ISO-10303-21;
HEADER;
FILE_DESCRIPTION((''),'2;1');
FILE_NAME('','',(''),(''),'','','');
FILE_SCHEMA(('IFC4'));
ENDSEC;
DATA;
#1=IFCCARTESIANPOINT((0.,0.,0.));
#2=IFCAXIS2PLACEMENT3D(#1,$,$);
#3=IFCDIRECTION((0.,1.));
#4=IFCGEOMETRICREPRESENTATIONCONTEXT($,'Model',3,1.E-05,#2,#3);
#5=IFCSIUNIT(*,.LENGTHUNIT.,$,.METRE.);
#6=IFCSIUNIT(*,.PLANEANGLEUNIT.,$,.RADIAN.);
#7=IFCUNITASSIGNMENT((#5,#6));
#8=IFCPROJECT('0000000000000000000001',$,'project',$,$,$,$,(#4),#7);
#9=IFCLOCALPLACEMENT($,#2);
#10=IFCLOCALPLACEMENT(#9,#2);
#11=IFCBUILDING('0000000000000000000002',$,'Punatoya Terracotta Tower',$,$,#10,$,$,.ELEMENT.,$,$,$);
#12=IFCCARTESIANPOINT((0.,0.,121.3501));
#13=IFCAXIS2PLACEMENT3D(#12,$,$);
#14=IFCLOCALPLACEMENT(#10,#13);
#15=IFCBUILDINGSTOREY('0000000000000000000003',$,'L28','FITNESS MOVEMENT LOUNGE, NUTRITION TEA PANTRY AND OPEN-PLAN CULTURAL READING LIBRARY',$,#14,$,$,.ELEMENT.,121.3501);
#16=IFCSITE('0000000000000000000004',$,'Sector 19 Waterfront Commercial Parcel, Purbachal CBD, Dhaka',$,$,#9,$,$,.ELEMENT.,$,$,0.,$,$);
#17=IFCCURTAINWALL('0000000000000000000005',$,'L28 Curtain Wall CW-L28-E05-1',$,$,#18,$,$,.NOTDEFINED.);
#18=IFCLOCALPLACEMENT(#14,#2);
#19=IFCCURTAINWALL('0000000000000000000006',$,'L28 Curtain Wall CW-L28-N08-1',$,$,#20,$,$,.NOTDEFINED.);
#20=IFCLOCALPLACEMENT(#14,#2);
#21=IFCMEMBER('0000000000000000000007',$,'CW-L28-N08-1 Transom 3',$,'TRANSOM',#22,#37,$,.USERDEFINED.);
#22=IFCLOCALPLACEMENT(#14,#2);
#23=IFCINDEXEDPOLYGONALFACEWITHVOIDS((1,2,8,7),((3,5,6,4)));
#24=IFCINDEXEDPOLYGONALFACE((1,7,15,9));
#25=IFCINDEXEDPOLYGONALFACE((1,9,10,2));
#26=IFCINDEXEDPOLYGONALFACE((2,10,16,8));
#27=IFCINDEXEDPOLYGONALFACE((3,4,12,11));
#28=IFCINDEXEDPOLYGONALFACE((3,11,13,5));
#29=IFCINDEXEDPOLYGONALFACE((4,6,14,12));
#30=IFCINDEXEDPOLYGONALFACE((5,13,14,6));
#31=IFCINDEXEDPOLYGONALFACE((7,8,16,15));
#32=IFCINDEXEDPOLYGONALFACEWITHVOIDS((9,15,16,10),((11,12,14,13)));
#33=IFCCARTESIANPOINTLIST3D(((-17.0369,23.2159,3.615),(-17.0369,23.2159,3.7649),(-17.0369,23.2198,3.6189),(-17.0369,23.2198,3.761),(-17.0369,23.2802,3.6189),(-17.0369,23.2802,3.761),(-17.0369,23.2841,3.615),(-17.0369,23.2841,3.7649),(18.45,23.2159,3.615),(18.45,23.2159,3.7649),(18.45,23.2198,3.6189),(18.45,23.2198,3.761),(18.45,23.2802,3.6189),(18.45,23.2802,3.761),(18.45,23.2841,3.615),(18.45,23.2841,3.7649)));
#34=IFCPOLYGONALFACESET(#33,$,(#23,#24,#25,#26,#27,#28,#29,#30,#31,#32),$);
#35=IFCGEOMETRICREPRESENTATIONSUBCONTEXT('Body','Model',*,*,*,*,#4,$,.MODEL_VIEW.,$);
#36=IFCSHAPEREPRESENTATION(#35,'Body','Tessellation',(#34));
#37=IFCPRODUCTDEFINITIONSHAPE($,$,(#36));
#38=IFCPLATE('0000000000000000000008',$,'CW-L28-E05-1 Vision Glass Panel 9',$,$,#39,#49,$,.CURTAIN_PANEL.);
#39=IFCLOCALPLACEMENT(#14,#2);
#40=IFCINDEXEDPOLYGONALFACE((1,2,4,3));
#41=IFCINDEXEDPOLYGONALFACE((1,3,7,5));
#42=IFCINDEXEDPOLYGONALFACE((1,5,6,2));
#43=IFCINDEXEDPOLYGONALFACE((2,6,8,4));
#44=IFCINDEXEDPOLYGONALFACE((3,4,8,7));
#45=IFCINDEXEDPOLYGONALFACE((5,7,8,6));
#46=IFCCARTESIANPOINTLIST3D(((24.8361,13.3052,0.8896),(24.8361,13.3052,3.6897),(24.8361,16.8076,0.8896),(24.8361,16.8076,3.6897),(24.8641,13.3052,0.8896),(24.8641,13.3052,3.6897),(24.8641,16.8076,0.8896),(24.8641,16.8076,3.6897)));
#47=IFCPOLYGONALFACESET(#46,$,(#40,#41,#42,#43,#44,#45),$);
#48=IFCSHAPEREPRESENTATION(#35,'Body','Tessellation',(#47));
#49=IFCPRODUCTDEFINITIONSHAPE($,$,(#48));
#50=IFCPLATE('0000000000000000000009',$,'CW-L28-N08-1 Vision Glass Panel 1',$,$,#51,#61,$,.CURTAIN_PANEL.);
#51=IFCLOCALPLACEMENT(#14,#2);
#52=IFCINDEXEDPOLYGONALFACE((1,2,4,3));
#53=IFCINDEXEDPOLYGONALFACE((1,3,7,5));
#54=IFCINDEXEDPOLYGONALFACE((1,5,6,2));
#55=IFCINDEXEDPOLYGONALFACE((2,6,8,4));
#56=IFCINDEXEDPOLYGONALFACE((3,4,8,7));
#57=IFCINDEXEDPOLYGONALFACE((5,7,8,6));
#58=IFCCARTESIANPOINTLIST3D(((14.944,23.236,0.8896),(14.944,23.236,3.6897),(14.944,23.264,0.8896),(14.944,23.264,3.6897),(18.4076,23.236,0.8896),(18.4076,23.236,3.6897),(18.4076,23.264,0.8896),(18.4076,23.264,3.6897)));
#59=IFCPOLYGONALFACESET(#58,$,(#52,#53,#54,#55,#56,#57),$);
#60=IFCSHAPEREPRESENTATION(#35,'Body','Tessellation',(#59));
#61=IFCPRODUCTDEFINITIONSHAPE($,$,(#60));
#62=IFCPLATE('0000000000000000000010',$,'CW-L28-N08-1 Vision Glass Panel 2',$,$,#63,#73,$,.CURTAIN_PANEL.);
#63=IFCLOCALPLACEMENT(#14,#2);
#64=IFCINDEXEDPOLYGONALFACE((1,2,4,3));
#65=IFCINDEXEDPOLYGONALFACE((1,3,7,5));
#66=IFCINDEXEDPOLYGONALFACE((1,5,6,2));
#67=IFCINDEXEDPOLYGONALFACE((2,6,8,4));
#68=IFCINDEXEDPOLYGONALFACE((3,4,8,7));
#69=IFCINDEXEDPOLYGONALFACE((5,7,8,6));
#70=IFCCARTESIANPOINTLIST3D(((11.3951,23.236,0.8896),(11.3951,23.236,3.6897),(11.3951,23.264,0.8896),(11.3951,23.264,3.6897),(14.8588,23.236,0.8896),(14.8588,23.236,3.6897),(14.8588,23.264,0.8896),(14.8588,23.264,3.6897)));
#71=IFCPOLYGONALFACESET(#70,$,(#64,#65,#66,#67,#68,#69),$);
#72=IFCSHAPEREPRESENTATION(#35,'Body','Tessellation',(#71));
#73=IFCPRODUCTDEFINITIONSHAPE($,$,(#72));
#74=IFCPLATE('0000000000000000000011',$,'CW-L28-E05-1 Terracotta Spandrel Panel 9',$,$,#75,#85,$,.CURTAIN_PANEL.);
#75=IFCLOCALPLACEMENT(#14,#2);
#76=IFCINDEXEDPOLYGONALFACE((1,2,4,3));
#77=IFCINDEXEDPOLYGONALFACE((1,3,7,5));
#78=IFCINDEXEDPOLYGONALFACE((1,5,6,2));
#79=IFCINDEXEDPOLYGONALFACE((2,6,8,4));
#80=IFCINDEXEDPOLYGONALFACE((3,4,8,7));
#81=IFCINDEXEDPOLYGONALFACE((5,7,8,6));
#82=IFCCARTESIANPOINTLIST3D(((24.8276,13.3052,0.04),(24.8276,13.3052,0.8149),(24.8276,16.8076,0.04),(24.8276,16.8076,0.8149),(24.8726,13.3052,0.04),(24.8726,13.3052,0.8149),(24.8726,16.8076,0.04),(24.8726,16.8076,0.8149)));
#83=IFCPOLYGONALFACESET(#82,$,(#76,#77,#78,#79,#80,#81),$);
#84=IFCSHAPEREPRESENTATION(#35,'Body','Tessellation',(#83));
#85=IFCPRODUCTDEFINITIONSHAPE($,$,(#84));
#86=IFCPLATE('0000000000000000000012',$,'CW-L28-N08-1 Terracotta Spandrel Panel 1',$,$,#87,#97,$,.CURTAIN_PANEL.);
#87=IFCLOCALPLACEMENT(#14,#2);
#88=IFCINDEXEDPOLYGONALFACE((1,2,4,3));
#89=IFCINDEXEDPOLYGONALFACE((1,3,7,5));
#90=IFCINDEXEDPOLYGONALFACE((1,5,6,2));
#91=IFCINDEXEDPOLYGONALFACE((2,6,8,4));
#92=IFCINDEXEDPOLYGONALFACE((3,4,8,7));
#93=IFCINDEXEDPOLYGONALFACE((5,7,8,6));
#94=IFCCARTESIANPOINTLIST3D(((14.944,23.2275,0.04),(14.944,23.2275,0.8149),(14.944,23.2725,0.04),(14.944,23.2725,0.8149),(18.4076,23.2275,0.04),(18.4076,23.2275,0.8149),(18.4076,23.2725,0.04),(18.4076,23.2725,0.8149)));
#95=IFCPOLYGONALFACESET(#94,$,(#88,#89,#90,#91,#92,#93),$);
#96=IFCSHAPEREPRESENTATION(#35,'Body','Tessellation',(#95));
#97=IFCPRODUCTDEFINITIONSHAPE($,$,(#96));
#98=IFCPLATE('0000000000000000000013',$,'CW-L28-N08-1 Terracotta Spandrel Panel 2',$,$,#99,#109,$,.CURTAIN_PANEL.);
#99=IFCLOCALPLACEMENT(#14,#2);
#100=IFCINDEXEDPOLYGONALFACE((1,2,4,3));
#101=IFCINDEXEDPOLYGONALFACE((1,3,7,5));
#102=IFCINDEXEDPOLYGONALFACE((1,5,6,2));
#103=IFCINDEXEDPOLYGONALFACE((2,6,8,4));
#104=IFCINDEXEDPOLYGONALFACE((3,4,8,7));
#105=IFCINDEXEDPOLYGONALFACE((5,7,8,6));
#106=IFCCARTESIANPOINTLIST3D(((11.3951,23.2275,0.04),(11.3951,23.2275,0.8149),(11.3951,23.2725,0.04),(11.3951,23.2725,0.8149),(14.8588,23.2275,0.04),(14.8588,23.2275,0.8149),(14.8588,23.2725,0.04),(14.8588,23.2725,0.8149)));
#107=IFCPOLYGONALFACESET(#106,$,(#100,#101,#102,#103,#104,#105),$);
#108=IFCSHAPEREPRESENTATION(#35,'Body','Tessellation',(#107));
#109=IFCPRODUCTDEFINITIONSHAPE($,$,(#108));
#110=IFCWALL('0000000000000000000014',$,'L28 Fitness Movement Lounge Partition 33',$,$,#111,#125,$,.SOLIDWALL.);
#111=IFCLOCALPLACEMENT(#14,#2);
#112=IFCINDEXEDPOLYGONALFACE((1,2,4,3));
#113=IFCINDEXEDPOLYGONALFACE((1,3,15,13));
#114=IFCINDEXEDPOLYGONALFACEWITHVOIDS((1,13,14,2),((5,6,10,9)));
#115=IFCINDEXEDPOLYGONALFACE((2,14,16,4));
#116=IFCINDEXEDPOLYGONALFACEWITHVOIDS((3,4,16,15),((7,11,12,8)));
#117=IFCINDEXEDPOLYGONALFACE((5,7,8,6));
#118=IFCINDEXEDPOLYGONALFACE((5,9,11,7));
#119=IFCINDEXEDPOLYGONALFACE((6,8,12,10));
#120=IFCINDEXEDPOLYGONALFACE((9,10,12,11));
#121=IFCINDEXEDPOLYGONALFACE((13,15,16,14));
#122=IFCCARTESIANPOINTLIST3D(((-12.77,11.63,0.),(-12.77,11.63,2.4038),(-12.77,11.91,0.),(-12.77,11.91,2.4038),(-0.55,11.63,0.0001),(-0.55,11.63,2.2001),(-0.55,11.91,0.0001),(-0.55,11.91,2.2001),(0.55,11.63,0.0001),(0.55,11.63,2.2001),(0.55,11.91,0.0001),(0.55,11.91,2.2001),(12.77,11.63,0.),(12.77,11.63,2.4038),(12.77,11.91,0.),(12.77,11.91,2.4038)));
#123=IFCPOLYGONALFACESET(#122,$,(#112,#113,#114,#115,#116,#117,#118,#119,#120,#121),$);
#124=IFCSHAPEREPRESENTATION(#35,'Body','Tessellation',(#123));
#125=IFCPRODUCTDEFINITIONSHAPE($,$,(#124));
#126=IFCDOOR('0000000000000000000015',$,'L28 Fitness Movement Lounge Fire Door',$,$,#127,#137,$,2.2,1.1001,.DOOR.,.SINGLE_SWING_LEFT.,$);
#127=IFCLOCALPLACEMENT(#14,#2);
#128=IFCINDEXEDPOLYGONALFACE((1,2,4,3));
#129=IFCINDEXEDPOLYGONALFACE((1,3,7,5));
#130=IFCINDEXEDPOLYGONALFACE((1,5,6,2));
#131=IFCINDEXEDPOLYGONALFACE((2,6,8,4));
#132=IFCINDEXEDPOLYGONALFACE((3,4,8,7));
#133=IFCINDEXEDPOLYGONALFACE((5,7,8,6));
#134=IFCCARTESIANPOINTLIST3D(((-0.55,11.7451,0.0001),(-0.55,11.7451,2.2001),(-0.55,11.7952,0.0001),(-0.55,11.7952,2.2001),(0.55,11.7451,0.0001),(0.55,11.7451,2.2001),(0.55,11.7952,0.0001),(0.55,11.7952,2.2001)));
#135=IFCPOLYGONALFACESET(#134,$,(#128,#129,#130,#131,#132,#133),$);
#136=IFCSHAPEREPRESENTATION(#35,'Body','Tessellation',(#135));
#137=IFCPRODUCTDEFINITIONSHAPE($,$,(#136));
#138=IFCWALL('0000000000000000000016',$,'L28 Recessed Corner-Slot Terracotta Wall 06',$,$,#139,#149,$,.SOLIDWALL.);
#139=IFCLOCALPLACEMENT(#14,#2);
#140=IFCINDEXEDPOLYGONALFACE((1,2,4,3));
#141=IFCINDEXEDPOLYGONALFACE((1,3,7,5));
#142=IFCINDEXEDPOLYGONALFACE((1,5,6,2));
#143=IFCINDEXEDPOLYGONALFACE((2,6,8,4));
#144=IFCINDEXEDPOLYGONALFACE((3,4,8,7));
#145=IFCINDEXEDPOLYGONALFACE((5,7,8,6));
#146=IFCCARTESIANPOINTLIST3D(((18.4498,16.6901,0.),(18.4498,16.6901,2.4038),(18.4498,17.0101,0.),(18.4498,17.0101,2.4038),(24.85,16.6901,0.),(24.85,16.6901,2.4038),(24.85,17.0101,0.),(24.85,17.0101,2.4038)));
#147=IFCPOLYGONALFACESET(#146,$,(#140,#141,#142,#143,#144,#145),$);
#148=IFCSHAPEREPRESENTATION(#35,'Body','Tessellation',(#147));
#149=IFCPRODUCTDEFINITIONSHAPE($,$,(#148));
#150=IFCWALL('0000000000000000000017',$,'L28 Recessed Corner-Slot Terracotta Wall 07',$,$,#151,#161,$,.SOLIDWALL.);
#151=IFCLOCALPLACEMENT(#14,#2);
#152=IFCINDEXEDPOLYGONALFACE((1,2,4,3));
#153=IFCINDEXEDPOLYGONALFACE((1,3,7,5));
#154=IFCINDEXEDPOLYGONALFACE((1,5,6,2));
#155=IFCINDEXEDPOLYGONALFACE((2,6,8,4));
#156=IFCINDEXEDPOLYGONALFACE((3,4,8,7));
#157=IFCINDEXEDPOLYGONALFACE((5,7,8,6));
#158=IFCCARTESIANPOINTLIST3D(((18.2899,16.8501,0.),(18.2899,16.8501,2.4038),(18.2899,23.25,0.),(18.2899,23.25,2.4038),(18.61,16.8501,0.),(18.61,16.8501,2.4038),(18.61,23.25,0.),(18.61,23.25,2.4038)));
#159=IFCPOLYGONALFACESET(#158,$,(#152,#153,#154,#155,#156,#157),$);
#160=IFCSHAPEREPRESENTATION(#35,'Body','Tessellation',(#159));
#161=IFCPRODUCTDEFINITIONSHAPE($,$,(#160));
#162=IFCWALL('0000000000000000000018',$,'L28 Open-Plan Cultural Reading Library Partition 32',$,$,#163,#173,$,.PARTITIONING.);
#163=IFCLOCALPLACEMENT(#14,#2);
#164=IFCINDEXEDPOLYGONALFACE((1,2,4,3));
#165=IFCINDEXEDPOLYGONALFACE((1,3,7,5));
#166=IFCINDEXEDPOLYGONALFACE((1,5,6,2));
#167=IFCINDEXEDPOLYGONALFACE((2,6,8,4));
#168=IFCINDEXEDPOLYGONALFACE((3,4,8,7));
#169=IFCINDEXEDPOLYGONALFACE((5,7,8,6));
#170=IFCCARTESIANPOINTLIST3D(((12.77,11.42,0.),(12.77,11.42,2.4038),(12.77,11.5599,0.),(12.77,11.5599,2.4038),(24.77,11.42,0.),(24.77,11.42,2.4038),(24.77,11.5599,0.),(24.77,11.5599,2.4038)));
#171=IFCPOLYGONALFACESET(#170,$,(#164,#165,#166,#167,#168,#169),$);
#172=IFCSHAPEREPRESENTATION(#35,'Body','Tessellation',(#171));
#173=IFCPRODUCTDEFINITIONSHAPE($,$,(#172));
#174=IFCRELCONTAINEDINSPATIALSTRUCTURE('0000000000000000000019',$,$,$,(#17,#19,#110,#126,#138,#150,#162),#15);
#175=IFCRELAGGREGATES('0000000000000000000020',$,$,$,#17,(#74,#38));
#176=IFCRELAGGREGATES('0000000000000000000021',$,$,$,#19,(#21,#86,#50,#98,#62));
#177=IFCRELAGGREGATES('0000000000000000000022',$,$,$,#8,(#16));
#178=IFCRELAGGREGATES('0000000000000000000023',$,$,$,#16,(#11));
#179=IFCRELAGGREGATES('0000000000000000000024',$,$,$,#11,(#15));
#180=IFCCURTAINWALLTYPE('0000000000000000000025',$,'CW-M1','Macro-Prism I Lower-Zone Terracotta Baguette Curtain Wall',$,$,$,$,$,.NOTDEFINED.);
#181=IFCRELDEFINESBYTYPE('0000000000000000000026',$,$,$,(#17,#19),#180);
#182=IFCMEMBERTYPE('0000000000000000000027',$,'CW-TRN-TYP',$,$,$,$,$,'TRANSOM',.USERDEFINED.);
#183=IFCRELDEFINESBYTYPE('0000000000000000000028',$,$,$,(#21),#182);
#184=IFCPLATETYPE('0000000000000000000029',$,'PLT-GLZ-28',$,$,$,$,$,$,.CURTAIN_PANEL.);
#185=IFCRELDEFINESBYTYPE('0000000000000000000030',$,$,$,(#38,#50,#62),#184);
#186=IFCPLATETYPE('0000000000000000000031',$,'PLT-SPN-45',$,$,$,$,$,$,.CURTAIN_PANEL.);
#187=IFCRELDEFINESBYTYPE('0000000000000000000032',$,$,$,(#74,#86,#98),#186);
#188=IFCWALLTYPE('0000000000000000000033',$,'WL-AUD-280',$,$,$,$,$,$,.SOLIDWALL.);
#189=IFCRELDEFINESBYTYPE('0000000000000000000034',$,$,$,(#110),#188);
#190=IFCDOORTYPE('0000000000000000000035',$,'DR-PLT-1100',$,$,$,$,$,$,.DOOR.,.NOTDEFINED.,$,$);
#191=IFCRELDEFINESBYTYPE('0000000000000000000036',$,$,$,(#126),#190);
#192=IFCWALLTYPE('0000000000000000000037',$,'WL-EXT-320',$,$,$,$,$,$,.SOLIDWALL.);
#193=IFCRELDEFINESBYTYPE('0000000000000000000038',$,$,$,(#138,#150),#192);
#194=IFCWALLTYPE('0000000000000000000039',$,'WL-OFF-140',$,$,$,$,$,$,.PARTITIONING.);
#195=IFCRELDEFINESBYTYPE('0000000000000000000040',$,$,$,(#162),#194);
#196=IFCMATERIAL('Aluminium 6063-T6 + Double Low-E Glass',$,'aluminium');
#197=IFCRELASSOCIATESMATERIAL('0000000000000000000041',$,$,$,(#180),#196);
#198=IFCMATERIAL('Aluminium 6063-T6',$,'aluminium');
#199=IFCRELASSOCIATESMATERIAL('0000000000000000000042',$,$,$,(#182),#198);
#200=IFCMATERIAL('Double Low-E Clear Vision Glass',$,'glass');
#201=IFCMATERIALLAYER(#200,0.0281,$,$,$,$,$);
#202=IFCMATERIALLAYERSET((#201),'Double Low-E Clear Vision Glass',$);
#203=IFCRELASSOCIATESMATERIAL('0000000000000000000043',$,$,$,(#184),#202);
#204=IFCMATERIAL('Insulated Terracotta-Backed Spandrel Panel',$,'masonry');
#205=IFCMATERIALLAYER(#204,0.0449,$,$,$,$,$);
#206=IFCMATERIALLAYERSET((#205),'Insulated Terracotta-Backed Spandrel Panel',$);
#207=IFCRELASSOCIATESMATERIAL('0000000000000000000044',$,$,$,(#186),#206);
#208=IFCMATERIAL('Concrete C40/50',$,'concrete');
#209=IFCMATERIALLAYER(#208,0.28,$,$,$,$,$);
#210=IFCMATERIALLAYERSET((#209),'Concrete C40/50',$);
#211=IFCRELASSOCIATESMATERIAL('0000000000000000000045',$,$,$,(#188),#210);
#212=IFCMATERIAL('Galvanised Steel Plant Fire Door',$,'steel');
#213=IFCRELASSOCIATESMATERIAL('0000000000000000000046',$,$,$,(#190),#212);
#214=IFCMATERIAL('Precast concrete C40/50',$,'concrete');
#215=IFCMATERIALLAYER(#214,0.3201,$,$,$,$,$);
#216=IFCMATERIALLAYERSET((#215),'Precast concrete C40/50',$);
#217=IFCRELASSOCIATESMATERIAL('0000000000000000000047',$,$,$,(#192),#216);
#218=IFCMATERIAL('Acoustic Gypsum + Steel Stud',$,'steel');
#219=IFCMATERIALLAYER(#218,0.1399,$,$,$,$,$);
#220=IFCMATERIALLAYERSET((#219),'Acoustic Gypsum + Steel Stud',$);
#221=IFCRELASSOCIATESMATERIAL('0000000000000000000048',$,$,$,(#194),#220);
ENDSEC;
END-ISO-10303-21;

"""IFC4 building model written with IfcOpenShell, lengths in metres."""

from ifc_helpers import new_model, si_unit, direction, frame, frame_2d, origin, origin_2d, place, context, subcontext, project, spatial, rectangle, hollow_rectangle, extrude, material, layer, layer_set, material_profile, profile_set, type_object, element, fill, aggregate, save


model = new_model("IFC4")

# Units and contexts
model_context = context("Model", 3, precision=1e-05, world=origin(), true_north=direction((0.0, 1.0)))
body_context = subcontext(model_context, "Body", "Model", "MODEL_VIEW")
ifc_project = project(units=[si_unit("LENGTHUNIT", "METRE"), si_unit("PLANEANGLEUNIT", "RADIAN")], contexts=[model_context])

# Site, building, storey
site_placement = place(None, origin())
site = spatial("IfcSite", under=ifc_project, at=site_placement, Name="Sector 19 Waterfront Commercial Parcel, Purbachal CBD, Dhaka", CompositionType="ELEMENT", RefElevation=0.0)
building_placement = place(site_placement, origin())
building = spatial("IfcBuilding", under=site, at=building_placement, Name="Punatoya Terracotta Tower", CompositionType="ELEMENT")
storey_placement = place(building_placement, frame((0.0, 0.0, 121.3501)))
storey = spatial("IfcBuildingStorey", under=building, at=storey_placement, Name="L28", Description="FITNESS MOVEMENT LOUNGE, NUTRITION TEA PANTRY AND OPEN-PLAN CULTURAL READING LIBRARY", CompositionType="ELEMENT", Elevation=121.3501)

# Curtain walls, member
ifc_material_1 = material(Name="Aluminium 6063-T6 + Double Low-E Glass", Category="aluminium")
curtain_wall_type = type_object("IfcCurtainWallType", Name="CW-M1", Description="Macro-Prism I Lower-Zone Terracotta Baguette Curtain Wall", PredefinedType="NOTDEFINED", material=ifc_material_1)
curtain_wall_1_placement = place(storey_placement, origin())
curtain_wall_1 = element("IfcCurtainWall", 1, at=curtain_wall_1_placement, inside=storey, type_object=curtain_wall_type, Name="L28 Curtain Wall CW-L28-E05-1", PredefinedType="NOTDEFINED")
ifc_material_2 = material(Name="Aluminium 6063-T6", Category="aluminium")
curtain_wall_2_placement = place(storey_placement, origin())
curtain_wall_2 = element("IfcCurtainWall", 2, at=curtain_wall_2_placement, inside=storey, type_object=curtain_wall_type, Name="L28 Curtain Wall CW-L28-N08-1", PredefinedType="NOTDEFINED")
ifc_material_profile_1 = material_profile(ifc_material_2, hollow_rectangle(XDim=0.0681, YDim=0.1499, WallThickness=0.0039, at=origin_2d()))
ifc_profile_set_1 = profile_set([ifc_material_profile_1], Name="Aluminium 6063-T6")
member_type_1 = type_object("IfcMemberType", Name="CW-TRN-TYP", ElementType="TRANSOM", PredefinedType="USERDEFINED", material=ifc_profile_set_1)
member_1_placement = place(storey_placement, frame((18.45, 23.25, 3.6899), z_axis=(-1.0, 0.0, 0.0), x_axis=(0.0, -1.0, 0.0)))
member_1 = element("IfcMember", 3, at=member_1_placement, type_object=member_type_1, Name="CW-L28-N08-1 Transom 3", ObjectType="TRANSOM", PredefinedType="USERDEFINED", context=body_context, shape_type="SweptSolid", body=[
    extrude(hollow_rectangle(XDim=0.0681, YDim=0.1499, WallThickness=0.0039, at=origin_2d()), origin(), (0.0, 0.0, 1.0), 35.4868),
])

# Plates
ifc_material_3 = material(Name="Double Low-E Clear Vision Glass", Category="glass")
ifc_layer_1 = layer(ifc_material_3, 0.0281)
ifc_layer_set_1 = layer_set([ifc_layer_1], Name="Double Low-E Clear Vision Glass")
plate_type_1 = type_object("IfcPlateType", Name="PLT-GLZ-28", PredefinedType="CURTAIN_PANEL", material=ifc_layer_set_1)
plate_1_placement = place(storey_placement, frame((24.8501, 15.0564, 0.8896), z_axis=(0.0, 0.0, 1.0), x_axis=(0.0, 1.0, 0.0)))
plate_1 = element("IfcPlate", 4, at=plate_1_placement, type_object=plate_type_1, Name="CW-L28-E05-1 Vision Glass Panel 9", PredefinedType="CURTAIN_PANEL", context=body_context, shape_type="SweptSolid", body=[
    extrude(rectangle(XDim=3.5024, YDim=0.0281, at=origin_2d()), origin(), (0.0, 0.0, 1.0), 2.8),
])
plate_2_placement = place(storey_placement, frame((16.6758, 23.25, 0.8896), z_axis=(0.0, 0.0, 1.0), x_axis=(-1.0, 0.0, 0.0)))
plate_2 = element("IfcPlate", 5, at=plate_2_placement, type_object=plate_type_1, Name="CW-L28-N08-1 Vision Glass Panel 1", PredefinedType="CURTAIN_PANEL", context=body_context, shape_type="SweptSolid", body=[
    extrude(rectangle(XDim=3.4636, YDim=0.0281, at=origin_2d()), origin(), (0.0, 0.0, 1.0), 2.8),
])
plate_3_placement = place(storey_placement, frame((13.127, 23.25, 0.8896), z_axis=(0.0, 0.0, 1.0), x_axis=(-1.0, 0.0, 0.0)))
plate_3 = element("IfcPlate", 6, at=plate_3_placement, type_object=plate_type_1, Name="CW-L28-N08-1 Vision Glass Panel 2", PredefinedType="CURTAIN_PANEL", context=body_context, shape_type="SweptSolid", body=[
    extrude(rectangle(XDim=3.4636, YDim=0.0281, at=origin_2d()), origin(), (0.0, 0.0, 1.0), 2.8),
])
ifc_material_4 = material(Name="Insulated Terracotta-Backed Spandrel Panel", Category="masonry")
ifc_layer_2 = layer(ifc_material_4, 0.0449)
ifc_layer_set_2 = layer_set([ifc_layer_2], Name="Insulated Terracotta-Backed Spandrel Panel")
plate_type_2 = type_object("IfcPlateType", Name="PLT-SPN-45", PredefinedType="CURTAIN_PANEL", material=ifc_layer_set_2)
plate_4_placement = place(storey_placement, frame((24.8501, 15.0564, 0.04), z_axis=(0.0, 0.0, 1.0), x_axis=(0.0, 1.0, 0.0)))
plate_4 = element("IfcPlate", 7, at=plate_4_placement, type_object=plate_type_2, Name="CW-L28-E05-1 Terracotta Spandrel Panel 9", PredefinedType="CURTAIN_PANEL", context=body_context, shape_type="SweptSolid", body=[
    extrude(rectangle(XDim=3.5024, YDim=0.0449, at=origin_2d()), origin(), (0.0, 0.0, 1.0), 0.7749),
])
aggregate(curtain_wall_1, [plate_4, plate_1])
plate_5_placement = place(storey_placement, frame((16.6758, 23.25, 0.04), z_axis=(0.0, 0.0, 1.0), x_axis=(-1.0, 0.0, 0.0)))
plate_5 = element("IfcPlate", 8, at=plate_5_placement, type_object=plate_type_2, Name="CW-L28-N08-1 Terracotta Spandrel Panel 1", PredefinedType="CURTAIN_PANEL", context=body_context, shape_type="SweptSolid", body=[
    extrude(rectangle(XDim=3.4636, YDim=0.0449, at=origin_2d()), origin(), (0.0, 0.0, 1.0), 0.7749),
])
plate_6_placement = place(storey_placement, frame((13.127, 23.25, 0.04), z_axis=(0.0, 0.0, 1.0), x_axis=(-1.0, 0.0, 0.0)))
plate_6 = element("IfcPlate", 9, at=plate_6_placement, type_object=plate_type_2, Name="CW-L28-N08-1 Terracotta Spandrel Panel 2", PredefinedType="CURTAIN_PANEL", context=body_context, shape_type="SweptSolid", body=[
    extrude(rectangle(XDim=3.4636, YDim=0.0449, at=origin_2d()), origin(), (0.0, 0.0, 1.0), 0.7749),
])
aggregate(curtain_wall_2, [member_1, plate_5, plate_2, plate_6, plate_3])

# Wall, opening, door
ifc_material_5 = material(Name="Concrete C40/50", Category="concrete")
ifc_layer_3 = layer(ifc_material_5, 0.28)
ifc_layer_set_3 = layer_set([ifc_layer_3], Name="Concrete C40/50")
wall_type_1 = type_object("IfcWallType", Name="WL-AUD-280", PredefinedType="SOLIDWALL", material=ifc_layer_set_3)
wall_1_placement = place(storey_placement, frame((12.77, 11.77, 0.0), z_axis=(0.0, 0.0, 1.0), x_axis=(-1.0, 0.0, 0.0)))
wall_1 = element("IfcWall", 10, at=wall_1_placement, inside=storey, type_object=wall_type_1, Name="L28 Fitness Movement Lounge Partition 33", PredefinedType="SOLIDWALL", context=body_context, shape_type="SweptSolid", body=[
    extrude(rectangle(XDim=25.54, YDim=0.28, at=frame_2d((12.77, 0.0))), origin(), (0.0, 0.0, 1.0), 2.4038),
])
opening_placement = place(wall_1_placement, frame((12.22, 0.0, 0.0)))
opening = element("IfcOpeningElement", 11, at=opening_placement, cuts=wall_1, PredefinedType="OPENING", context=body_context, shape_type="SweptSolid", body=[
    extrude(rectangle(XDim=1.1001, YDim=2.2, at=frame_2d((0.55, 1.1001))), frame((0.0, 0.1499, 0.0), z_axis=(0.0, -1.0, 0.0), x_axis=(1.0, 0.0, 0.0)), (0.0, 0.0, 1.0), 0.3),
])
ifc_material_6 = material(Name="Galvanised Steel Plant Fire Door", Category="steel")
door_type = type_object("IfcDoorType", Name="DR-PLT-1100", OperationType="NOTDEFINED", PredefinedType="DOOR", material=ifc_material_6)
door_placement = place(opening_placement, origin())
door = element("IfcDoor", 12, at=door_placement, inside=storey, type_object=door_type, Name="L28 Fitness Movement Lounge Fire Door", OperationType="SINGLE_SWING_LEFT", OverallHeight=2.2, OverallWidth=1.1001, PredefinedType="DOOR", context=body_context, shape_type="SweptSolid", body=[
    extrude(rectangle(XDim=1.1001, YDim=2.2, at=frame_2d((0.55, 1.1001))), frame((0.0, 0.0249, 0.0), z_axis=(0.0, -1.0, 0.0), x_axis=(1.0, 0.0, 0.0)), (0.0, 0.0, 1.0), 0.05),
])
fill(opening, door)

# Walls
ifc_material_7 = material(Name="Precast concrete C40/50", Category="concrete")
ifc_layer_4 = layer(ifc_material_7, 0.3201)
ifc_layer_set_4 = layer_set([ifc_layer_4], Name="Precast concrete C40/50")
wall_type_2 = type_object("IfcWallType", Name="WL-EXT-320", PredefinedType="SOLIDWALL", material=ifc_layer_set_4)
wall_2_placement = place(storey_placement, frame((24.8501, 16.8501, 0.0), z_axis=(0.0, 0.0, 1.0), x_axis=(-1.0, 0.0, 0.0)))
element("IfcWall", 13, at=wall_2_placement, inside=storey, type_object=wall_type_2, Name="L28 Recessed Corner-Slot Terracotta Wall 06", PredefinedType="SOLIDWALL", context=body_context, shape_type="SweptSolid", body=[
    extrude(rectangle(XDim=6.4001, YDim=0.3201, at=frame_2d((3.2002, 0.0))), origin(), (0.0, 0.0, 1.0), 2.4038),
])
wall_3_placement = place(storey_placement, frame((18.45, 16.8501, 0.0), z_axis=(0.0, 0.0, 1.0), x_axis=(0.0, 1.0, 0.0)))
element("IfcWall", 14, at=wall_3_placement, inside=storey, type_object=wall_type_2, Name="L28 Recessed Corner-Slot Terracotta Wall 07", PredefinedType="SOLIDWALL", context=body_context, shape_type="SweptSolid", body=[
    extrude(rectangle(XDim=6.3999, YDim=0.3201, at=frame_2d((3.2, 0.0))), origin(), (0.0, 0.0, 1.0), 2.4038),
])
ifc_material_8 = material(Name="Acoustic Gypsum + Steel Stud", Category="steel")
ifc_layer_5 = layer(ifc_material_8, 0.1399)
ifc_layer_set_5 = layer_set([ifc_layer_5], Name="Acoustic Gypsum + Steel Stud")
wall_type_3 = type_object("IfcWallType", Name="WL-OFF-140", PredefinedType="PARTITIONING", material=ifc_layer_set_5)
wall_4_placement = place(storey_placement, frame((12.77, 11.49, 0.0), z_axis=(0.0, 0.0, 1.0), x_axis=(1.0, 0.0, 0.0)))
element("IfcWall", 15, at=wall_4_placement, inside=storey, type_object=wall_type_3, Name="L28 Open-Plan Cultural Reading Library Partition 32", PredefinedType="PARTITIONING", context=body_context, shape_type="SweptSolid", body=[
    extrude(rectangle(XDim=12.0, YDim=0.1399, at=frame_2d((6.0, 0.0))), origin(), (0.0, 0.0, 1.0), 2.4038),
])

save(model, "model.ifc")
